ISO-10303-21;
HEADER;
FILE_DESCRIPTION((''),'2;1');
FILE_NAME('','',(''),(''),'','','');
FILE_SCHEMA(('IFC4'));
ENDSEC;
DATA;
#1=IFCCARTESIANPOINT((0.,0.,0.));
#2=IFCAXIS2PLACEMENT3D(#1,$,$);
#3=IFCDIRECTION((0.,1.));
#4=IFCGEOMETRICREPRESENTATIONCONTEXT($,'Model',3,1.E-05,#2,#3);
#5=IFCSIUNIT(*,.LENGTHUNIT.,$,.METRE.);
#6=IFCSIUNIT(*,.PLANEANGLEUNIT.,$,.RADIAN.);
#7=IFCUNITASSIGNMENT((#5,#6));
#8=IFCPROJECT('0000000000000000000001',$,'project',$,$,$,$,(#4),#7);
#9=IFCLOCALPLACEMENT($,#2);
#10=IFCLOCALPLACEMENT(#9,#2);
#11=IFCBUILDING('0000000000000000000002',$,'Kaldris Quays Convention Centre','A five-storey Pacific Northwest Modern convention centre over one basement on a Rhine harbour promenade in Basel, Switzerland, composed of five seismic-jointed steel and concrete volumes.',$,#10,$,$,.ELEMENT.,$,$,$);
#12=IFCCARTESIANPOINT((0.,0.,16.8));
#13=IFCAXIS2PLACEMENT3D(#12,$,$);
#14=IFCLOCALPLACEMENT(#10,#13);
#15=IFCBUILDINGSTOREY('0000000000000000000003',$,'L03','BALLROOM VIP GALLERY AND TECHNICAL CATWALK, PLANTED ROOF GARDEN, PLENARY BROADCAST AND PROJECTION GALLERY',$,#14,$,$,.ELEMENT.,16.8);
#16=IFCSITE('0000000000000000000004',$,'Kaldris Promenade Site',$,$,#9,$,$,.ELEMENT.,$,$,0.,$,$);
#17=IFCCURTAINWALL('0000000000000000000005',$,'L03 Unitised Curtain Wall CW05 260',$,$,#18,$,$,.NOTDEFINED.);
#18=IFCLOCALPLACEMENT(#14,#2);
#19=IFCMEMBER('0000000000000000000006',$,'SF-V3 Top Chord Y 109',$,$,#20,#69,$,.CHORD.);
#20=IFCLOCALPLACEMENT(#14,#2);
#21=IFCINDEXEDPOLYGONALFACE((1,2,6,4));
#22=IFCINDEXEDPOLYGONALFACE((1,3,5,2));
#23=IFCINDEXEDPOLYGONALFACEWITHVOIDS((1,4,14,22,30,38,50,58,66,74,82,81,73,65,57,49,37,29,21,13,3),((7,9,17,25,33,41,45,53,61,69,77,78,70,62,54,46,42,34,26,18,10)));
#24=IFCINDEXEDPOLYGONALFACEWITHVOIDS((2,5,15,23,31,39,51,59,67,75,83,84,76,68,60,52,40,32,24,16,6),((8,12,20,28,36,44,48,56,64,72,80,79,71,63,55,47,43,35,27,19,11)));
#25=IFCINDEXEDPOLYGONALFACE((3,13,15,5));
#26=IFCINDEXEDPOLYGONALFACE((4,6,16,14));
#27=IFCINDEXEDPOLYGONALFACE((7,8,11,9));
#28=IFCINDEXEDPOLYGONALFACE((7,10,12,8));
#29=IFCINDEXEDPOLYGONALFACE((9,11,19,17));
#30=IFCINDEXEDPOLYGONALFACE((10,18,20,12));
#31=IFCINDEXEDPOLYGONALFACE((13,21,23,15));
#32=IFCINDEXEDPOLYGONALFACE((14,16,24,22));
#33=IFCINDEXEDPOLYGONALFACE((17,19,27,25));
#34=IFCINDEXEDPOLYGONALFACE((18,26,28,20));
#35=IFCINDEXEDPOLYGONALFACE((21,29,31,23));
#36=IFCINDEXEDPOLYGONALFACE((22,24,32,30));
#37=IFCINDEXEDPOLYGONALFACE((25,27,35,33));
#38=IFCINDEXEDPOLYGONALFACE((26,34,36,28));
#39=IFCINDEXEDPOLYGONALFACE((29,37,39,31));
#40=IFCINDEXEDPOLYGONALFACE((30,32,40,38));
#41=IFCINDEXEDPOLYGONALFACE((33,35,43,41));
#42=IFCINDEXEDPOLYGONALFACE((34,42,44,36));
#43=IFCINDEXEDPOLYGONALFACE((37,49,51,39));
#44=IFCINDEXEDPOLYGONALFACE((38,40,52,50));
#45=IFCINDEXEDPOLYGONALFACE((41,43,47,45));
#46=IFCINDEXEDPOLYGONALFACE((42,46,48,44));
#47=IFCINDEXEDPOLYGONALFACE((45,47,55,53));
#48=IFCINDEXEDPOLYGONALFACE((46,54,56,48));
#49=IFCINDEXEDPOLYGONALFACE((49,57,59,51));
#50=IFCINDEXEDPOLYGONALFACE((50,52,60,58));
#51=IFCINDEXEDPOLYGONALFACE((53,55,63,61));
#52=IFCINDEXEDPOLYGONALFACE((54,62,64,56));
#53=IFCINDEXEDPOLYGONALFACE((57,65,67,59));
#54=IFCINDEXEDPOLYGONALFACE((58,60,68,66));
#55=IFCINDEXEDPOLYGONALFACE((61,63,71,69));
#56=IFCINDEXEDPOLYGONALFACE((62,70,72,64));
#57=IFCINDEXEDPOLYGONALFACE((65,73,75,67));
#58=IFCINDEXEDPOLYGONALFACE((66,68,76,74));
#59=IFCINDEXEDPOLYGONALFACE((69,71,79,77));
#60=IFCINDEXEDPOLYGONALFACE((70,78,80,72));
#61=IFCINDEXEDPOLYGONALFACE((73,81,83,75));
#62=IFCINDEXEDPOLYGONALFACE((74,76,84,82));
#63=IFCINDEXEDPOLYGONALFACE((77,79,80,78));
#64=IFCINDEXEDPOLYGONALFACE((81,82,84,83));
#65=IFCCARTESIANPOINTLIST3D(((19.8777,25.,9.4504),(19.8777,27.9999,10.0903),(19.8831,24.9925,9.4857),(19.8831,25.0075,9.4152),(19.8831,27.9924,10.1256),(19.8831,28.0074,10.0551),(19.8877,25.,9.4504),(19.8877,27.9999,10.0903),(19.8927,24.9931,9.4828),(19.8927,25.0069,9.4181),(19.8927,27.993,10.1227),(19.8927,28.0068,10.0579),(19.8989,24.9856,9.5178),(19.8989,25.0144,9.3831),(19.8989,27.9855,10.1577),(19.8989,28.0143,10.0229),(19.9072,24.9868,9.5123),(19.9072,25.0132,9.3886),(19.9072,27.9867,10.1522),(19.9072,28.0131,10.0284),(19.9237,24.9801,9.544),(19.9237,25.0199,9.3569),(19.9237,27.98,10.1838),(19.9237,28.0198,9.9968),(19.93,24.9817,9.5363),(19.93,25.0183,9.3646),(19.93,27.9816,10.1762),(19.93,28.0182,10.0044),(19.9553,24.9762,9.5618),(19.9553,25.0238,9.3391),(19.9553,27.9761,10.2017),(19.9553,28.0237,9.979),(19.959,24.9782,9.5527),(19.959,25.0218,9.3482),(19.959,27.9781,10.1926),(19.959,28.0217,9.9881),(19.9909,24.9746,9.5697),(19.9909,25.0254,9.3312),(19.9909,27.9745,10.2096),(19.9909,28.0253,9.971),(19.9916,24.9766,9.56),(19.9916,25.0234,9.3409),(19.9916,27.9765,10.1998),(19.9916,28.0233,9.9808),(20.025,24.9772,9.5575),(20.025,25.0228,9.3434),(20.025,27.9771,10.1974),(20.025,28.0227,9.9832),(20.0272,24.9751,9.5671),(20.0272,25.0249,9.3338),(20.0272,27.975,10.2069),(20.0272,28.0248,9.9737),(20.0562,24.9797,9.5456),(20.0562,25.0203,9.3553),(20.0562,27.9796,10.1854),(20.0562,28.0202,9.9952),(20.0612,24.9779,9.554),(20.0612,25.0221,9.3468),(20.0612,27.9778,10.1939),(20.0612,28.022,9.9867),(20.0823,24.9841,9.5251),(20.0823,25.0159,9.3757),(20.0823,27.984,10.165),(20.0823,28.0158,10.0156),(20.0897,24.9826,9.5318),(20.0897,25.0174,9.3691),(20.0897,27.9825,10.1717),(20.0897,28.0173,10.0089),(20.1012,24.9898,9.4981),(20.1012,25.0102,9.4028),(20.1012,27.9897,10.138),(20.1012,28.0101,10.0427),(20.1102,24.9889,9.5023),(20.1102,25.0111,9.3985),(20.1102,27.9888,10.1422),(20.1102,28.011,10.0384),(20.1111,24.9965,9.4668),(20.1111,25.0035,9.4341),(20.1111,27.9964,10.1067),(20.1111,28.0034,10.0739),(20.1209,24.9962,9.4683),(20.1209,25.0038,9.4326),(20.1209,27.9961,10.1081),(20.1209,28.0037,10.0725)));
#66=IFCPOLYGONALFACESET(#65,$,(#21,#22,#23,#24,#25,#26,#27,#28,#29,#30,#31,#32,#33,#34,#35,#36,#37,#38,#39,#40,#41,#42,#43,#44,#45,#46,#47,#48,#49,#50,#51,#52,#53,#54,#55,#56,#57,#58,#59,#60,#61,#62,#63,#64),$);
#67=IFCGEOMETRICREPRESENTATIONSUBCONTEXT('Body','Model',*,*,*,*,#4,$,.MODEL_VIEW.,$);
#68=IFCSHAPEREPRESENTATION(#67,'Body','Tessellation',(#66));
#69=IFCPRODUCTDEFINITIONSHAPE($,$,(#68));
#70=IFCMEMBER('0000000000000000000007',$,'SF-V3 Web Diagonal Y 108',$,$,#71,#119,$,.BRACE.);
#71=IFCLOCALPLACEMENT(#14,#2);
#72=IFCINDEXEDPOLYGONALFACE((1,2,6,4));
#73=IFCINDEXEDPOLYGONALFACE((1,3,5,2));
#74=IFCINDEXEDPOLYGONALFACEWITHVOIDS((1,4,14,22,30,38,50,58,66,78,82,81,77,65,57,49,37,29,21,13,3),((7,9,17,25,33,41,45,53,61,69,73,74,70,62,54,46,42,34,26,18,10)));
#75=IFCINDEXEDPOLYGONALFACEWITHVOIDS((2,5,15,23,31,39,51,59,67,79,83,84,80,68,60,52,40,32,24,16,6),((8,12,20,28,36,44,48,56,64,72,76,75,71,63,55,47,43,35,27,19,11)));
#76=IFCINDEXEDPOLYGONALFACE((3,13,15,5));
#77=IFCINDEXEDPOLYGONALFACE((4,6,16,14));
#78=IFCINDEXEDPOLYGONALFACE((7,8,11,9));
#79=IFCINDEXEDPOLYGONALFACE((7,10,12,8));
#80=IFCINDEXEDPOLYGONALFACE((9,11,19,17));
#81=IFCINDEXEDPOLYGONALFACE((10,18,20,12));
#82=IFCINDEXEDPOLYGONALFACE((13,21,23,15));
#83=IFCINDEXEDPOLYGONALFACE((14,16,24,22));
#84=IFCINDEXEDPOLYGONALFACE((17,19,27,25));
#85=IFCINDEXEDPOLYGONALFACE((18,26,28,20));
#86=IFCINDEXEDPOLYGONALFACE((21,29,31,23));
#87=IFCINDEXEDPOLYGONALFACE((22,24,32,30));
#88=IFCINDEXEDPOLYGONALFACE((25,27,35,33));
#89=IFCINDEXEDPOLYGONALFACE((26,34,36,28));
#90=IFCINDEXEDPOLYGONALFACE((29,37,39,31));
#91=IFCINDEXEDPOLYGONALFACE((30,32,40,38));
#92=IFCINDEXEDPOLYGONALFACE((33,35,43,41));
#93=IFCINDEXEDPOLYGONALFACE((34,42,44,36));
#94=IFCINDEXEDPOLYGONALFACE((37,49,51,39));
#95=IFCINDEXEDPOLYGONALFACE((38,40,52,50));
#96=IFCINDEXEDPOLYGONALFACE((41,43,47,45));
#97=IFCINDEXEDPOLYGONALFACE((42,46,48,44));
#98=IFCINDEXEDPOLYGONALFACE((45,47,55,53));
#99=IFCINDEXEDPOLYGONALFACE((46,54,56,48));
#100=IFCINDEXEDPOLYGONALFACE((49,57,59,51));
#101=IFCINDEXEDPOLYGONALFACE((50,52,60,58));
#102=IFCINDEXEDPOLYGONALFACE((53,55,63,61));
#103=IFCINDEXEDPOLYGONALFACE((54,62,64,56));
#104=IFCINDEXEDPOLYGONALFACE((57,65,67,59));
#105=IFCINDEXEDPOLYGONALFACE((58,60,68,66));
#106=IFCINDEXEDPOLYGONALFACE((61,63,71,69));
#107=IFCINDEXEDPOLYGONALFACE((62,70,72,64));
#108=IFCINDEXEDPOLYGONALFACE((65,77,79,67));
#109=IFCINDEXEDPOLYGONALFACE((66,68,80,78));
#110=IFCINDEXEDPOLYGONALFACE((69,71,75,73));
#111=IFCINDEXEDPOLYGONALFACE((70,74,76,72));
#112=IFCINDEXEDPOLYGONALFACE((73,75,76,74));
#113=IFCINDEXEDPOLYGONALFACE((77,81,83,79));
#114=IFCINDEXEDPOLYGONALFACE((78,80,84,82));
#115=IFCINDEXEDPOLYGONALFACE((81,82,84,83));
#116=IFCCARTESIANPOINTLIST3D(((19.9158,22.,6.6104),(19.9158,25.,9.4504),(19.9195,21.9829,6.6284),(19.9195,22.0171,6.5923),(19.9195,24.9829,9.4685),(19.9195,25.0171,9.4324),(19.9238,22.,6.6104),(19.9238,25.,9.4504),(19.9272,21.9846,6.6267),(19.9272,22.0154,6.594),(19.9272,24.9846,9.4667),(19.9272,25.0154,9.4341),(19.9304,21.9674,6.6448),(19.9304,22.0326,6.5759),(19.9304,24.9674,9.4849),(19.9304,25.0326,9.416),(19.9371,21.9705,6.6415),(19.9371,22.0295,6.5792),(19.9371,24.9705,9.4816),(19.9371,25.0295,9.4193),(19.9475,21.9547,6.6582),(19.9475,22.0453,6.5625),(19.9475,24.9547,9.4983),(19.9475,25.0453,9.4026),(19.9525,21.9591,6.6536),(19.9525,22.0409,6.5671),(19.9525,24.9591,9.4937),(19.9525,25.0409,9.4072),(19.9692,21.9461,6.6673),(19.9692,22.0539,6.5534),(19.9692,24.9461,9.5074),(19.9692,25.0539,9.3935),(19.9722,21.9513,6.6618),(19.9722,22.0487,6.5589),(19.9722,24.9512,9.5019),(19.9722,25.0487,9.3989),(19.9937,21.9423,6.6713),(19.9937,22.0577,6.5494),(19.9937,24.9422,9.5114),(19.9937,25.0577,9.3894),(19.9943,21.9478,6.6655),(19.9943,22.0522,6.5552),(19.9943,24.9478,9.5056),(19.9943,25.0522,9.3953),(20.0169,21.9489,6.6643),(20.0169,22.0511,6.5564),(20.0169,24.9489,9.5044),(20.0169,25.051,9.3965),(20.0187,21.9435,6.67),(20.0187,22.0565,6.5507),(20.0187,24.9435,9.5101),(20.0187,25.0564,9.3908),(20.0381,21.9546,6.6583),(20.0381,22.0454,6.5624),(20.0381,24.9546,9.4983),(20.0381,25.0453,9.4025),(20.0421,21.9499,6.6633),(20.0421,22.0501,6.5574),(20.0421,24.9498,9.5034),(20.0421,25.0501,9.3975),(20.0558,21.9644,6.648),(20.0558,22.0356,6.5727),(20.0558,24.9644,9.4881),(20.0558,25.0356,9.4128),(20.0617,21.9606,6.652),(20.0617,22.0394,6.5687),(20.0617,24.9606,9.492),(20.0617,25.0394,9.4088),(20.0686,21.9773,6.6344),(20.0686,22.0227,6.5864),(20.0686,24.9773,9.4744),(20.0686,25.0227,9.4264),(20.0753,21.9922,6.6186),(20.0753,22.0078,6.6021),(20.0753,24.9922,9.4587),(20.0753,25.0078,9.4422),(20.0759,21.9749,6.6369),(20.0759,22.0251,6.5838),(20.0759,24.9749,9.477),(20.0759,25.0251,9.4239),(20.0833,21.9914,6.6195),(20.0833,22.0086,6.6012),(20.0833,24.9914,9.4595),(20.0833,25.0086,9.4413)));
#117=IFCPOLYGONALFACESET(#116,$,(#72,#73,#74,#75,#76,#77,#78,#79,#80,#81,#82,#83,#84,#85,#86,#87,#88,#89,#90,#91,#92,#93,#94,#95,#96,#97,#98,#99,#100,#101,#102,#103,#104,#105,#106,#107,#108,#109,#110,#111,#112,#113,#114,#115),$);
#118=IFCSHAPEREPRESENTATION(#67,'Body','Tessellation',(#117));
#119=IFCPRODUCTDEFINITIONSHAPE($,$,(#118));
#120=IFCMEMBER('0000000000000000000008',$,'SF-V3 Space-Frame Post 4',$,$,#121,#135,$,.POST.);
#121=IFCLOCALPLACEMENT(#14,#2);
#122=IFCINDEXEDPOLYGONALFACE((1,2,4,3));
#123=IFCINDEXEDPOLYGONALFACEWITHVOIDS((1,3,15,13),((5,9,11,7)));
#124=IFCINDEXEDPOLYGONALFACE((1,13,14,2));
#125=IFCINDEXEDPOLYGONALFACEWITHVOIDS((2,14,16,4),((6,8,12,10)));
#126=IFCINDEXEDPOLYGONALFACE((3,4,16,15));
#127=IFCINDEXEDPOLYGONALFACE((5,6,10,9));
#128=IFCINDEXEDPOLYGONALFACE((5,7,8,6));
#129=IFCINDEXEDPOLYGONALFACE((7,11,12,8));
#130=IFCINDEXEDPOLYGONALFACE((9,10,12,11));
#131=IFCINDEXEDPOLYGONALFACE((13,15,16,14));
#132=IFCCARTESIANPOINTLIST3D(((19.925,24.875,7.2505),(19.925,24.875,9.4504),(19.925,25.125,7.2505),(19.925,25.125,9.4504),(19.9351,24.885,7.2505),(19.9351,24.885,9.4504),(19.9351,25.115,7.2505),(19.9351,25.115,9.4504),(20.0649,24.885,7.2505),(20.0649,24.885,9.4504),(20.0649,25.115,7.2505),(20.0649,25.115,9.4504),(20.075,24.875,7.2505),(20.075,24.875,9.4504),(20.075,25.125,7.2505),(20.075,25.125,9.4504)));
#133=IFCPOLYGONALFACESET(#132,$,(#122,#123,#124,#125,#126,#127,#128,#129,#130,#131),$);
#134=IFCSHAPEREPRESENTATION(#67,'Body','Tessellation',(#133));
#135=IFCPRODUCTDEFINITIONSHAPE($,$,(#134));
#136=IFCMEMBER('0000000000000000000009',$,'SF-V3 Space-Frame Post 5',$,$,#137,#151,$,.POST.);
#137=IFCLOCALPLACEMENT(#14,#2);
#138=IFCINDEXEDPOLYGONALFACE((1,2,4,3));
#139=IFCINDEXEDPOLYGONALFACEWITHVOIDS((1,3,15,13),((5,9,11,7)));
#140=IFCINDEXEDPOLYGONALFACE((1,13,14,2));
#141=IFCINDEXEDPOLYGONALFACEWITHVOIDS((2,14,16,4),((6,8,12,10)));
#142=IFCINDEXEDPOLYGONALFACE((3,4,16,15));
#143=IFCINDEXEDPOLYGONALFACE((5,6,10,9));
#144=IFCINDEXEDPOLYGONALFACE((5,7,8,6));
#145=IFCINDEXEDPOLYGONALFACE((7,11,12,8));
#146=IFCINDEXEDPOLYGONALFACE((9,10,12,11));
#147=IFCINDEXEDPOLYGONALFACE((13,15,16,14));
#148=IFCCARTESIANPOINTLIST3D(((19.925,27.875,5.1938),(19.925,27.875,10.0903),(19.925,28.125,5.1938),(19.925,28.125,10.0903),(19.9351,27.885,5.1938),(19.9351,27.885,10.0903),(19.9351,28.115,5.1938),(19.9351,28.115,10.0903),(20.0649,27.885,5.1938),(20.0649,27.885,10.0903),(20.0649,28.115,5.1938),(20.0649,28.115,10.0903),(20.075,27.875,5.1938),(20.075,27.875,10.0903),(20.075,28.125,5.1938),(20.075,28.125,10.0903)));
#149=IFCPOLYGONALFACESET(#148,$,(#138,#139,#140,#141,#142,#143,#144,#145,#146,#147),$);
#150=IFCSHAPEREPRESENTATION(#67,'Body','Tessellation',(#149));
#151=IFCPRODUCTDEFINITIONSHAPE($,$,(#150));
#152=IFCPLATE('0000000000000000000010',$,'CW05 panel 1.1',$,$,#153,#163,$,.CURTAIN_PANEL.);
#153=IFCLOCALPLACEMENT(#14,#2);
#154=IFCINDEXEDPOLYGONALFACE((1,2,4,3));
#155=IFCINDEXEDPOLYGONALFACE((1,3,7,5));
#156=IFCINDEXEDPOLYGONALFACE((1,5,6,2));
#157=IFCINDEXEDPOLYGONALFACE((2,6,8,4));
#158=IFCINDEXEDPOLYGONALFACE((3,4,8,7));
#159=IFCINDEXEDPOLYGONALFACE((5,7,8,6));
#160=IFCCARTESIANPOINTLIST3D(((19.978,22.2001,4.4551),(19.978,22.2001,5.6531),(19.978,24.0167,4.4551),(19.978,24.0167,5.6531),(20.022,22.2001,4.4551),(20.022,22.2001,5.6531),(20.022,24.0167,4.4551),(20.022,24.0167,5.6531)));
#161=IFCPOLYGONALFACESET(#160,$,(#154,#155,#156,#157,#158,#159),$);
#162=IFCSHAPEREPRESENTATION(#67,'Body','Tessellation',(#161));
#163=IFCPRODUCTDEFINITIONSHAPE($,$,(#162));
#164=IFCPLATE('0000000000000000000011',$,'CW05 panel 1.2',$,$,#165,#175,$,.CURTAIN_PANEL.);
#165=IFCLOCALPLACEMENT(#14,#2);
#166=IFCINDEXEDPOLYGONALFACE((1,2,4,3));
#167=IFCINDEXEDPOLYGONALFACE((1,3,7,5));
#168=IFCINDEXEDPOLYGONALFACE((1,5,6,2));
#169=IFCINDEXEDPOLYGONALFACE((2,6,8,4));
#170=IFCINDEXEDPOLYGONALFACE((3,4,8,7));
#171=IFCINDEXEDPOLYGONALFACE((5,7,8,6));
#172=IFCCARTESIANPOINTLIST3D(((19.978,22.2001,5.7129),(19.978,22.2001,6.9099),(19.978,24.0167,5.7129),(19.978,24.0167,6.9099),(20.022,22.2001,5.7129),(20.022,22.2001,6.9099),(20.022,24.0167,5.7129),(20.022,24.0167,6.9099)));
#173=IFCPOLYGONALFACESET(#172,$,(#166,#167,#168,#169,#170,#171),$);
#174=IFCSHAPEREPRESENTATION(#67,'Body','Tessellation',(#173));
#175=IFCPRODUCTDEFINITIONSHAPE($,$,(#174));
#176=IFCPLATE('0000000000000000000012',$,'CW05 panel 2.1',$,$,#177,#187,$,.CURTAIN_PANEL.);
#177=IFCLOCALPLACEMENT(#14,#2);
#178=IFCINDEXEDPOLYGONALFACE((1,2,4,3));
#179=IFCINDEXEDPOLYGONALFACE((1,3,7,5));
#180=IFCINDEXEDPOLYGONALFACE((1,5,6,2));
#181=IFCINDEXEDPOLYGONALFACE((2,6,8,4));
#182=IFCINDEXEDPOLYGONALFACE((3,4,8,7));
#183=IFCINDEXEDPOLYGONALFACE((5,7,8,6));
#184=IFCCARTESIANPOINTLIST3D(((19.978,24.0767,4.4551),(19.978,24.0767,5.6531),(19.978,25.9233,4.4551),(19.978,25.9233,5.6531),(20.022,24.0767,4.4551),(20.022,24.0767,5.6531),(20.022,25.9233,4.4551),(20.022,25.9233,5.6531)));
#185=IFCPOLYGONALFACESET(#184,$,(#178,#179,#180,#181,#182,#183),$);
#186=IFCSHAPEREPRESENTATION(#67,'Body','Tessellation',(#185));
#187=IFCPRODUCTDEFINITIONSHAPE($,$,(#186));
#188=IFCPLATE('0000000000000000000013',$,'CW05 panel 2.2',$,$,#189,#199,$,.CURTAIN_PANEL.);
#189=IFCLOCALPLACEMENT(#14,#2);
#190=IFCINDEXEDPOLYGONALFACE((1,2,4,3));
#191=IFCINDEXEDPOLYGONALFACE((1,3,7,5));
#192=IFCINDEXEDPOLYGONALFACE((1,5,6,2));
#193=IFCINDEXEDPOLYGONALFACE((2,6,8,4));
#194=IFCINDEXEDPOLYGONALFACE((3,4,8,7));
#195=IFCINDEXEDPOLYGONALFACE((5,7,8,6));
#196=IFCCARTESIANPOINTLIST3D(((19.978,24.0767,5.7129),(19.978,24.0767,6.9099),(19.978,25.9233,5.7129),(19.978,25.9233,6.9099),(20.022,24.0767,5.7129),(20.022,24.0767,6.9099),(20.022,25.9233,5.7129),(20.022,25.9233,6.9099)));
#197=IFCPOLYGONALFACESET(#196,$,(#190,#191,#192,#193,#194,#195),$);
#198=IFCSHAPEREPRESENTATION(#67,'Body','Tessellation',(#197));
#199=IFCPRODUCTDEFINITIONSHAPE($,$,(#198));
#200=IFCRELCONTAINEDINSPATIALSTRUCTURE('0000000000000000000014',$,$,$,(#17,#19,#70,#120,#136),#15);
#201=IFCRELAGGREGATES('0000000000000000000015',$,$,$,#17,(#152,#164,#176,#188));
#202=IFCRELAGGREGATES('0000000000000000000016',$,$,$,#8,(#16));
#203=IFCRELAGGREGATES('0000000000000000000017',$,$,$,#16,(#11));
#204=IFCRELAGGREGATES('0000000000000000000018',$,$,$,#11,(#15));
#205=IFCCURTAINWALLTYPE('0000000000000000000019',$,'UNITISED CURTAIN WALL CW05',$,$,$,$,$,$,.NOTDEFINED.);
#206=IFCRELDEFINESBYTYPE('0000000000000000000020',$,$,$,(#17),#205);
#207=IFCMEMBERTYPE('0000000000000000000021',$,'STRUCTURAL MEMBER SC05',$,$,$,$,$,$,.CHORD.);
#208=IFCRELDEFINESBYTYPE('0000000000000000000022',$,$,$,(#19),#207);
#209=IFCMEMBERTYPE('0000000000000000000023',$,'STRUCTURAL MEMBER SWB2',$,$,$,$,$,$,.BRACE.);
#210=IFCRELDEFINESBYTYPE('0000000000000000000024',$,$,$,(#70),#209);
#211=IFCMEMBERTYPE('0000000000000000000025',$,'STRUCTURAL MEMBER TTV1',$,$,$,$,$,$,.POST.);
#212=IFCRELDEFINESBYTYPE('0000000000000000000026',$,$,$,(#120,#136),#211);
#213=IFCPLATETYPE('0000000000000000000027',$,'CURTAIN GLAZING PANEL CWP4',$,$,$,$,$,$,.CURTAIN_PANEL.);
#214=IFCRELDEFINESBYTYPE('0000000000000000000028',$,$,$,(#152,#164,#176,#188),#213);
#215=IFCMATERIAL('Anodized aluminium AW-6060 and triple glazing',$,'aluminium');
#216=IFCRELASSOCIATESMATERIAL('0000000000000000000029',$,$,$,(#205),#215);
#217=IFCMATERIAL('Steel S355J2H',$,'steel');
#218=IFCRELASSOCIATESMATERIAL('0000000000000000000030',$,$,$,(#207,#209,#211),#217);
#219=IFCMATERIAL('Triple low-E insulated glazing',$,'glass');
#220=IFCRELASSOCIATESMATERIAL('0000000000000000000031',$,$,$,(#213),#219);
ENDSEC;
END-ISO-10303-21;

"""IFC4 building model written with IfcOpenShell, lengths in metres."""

from ifc_helpers import new_model, si_unit, direction, frame, origin, origin_2d, place, context, subcontext, project, spatial, rectangle, hollow_rectangle, hollow_circle, extrude, material, material_profile, profile_set, type_object, element, aggregate, save


model = new_model("IFC4")

# Units and contexts
model_context = context("Model", 3, precision=1e-05, world=origin(), true_north=direction((0.0, 1.0)))
body_context = subcontext(model_context, "Body", "Model", "MODEL_VIEW")
ifc_project = project(units=[si_unit("LENGTHUNIT", "METRE"), si_unit("PLANEANGLEUNIT", "RADIAN")], contexts=[model_context])

# Site, building, storey
site_placement = place(None, origin())
site = spatial("IfcSite", under=ifc_project, at=site_placement, Name="Kaldris Promenade Site", CompositionType="ELEMENT", RefElevation=0.0)
building_placement = place(site_placement, origin())
building = spatial("IfcBuilding", under=site, at=building_placement, Name="Kaldris Quays Convention Centre", Description="A five-storey Pacific Northwest Modern convention centre over one basement on a Rhine harbour promenade in Basel, Switzerland, composed of five seismic-jointed steel and concrete volumes.", CompositionType="ELEMENT")
storey_placement = place(building_placement, frame((0.0, 0.0, 16.8)))
storey = spatial("IfcBuildingStorey", under=building, at=storey_placement, Name="L03", Description="BALLROOM VIP GALLERY AND TECHNICAL CATWALK, PLANTED ROOF GARDEN, PLENARY BROADCAST AND PROJECTION GALLERY", CompositionType="ELEMENT", Elevation=16.8)

# Curtain wall
ifc_material_1 = material(Name="Anodized aluminium AW-6060 and triple glazing", Category="aluminium")
curtain_wall_type = type_object("IfcCurtainWallType", Name="UNITISED CURTAIN WALL CW05", PredefinedType="NOTDEFINED", material=ifc_material_1)
curtain_wall_placement = place(storey_placement, origin())
curtain_wall = element("IfcCurtainWall", 1, at=curtain_wall_placement, inside=storey, type_object=curtain_wall_type, Name="L03 Unitised Curtain Wall CW05 260", PredefinedType="NOTDEFINED")

# Members
ifc_material_2 = material(Name="Steel S355J2H", Category="steel")
ifc_material_profile_1 = material_profile(ifc_material_2, hollow_circle(Radius=0.1223, WallThickness=0.01, at=origin_2d()), Name="CHS 244.5x10")
ifc_profile_set_1 = profile_set([ifc_material_profile_1], Name="Steel S355J2H")
member_type_1 = type_object("IfcMemberType", Name="STRUCTURAL MEMBER SC05", PredefinedType="CHORD", material=ifc_profile_set_1)
member_1_placement = place(storey_placement, frame((20.0, 25.0, 9.4504), z_axis=(0.0, 0.978, 0.208605), x_axis=(-1.0, 0.0, 0.0)))
element("IfcMember", 2, at=member_1_placement, inside=storey, type_object=member_type_1, Name="SF-V3 Top Chord Y 109", PredefinedType="CHORD", context=body_context, shape_type="SweptSolid", body=[
    extrude(hollow_circle(Radius=0.1223, WallThickness=0.01, at=origin_2d()), origin(), (0.0, 0.0, 1.0), 3.0674),
])
ifc_material_profile_2 = material_profile(ifc_material_2, hollow_circle(Radius=0.0842, WallThickness=0.0081, at=origin_2d()), Name="CHS 168.3x8")
ifc_profile_set_2 = profile_set([ifc_material_profile_2], Name="Steel S355J2H")
member_type_2 = type_object("IfcMemberType", Name="STRUCTURAL MEMBER SWB2", PredefinedType="BRACE", material=ifc_profile_set_2)
member_2_placement = place(storey_placement, frame((20.0, 22.0, 6.6104), z_axis=(0.0, 0.726196, 0.687487), x_axis=(-1.0, 0.0, 0.0)))
element("IfcMember", 3, at=member_2_placement, inside=storey, type_object=member_type_2, Name="SF-V3 Web Diagonal Y 108", PredefinedType="BRACE", context=body_context, shape_type="SweptSolid", body=[
    extrude(hollow_circle(Radius=0.0842, WallThickness=0.0081, at=origin_2d()), origin(), (0.0, 0.0, 1.0), 4.1311),
])
ifc_material_profile_3 = material_profile(ifc_material_2, hollow_rectangle(XDim=0.1499, YDim=0.25, WallThickness=0.01, at=origin_2d()), Name="RHS 250x150x10")
ifc_profile_set_3 = profile_set([ifc_material_profile_3], Name="Steel S355J2H")
member_type_3 = type_object("IfcMemberType", Name="STRUCTURAL MEMBER TTV1", PredefinedType="POST", material=ifc_profile_set_3)
member_3_placement = place(storey_placement, frame((20.0, 25.0, 7.2505), z_axis=(0.0, 0.0, 1.0), x_axis=(1.0, 0.0, 0.0)))
element("IfcMember", 4, at=member_3_placement, inside=storey, type_object=member_type_3, Name="SF-V3 Space-Frame Post 4", PredefinedType="POST", context=body_context, shape_type="SweptSolid", body=[
    extrude(hollow_rectangle(XDim=0.1499, YDim=0.25, WallThickness=0.01, at=origin_2d()), origin(), (0.0, 0.0, 1.0), 2.2),
])
member_4_placement = place(storey_placement, frame((20.0, 28.0, 5.1938), z_axis=(0.0, 0.0, 1.0), x_axis=(1.0, 0.0, 0.0)))
element("IfcMember", 5, at=member_4_placement, inside=storey, type_object=member_type_3, Name="SF-V3 Space-Frame Post 5", PredefinedType="POST", context=body_context, shape_type="SweptSolid", body=[
    extrude(hollow_rectangle(XDim=0.1499, YDim=0.25, WallThickness=0.01, at=origin_2d()), origin(), (0.0, 0.0, 1.0), 4.8965),
])

# Plates
ifc_material_3 = material(Name="Triple low-E insulated glazing", Category="glass")
plate_type = type_object("IfcPlateType", Name="CURTAIN GLAZING PANEL CWP4", PredefinedType="CURTAIN_PANEL", material=ifc_material_3)
plate_1_placement = place(storey_placement, frame((20.0, 23.1084, 4.4551), z_axis=(0.0, 0.0, 1.0), x_axis=(0.0, 1.0, 0.0)))
plate_1 = element("IfcPlate", 6, at=plate_1_placement, type_object=plate_type, Name="CW05 panel 1.1", PredefinedType="CURTAIN_PANEL", context=body_context, shape_type="SweptSolid", body=[
    extrude(rectangle(XDim=1.8167, YDim=0.0439, at=origin_2d()), origin(), (0.0, 0.0, 1.0), 1.198),
])
plate_2_placement = place(storey_placement, frame((20.0, 23.1084, 5.7129), z_axis=(0.0, 0.0, 1.0), x_axis=(0.0, 1.0, 0.0)))
plate_2 = element("IfcPlate", 7, at=plate_2_placement, type_object=plate_type, Name="CW05 panel 1.2", PredefinedType="CURTAIN_PANEL", context=body_context, shape_type="SweptSolid", body=[
    extrude(rectangle(XDim=1.8167, YDim=0.0439, at=origin_2d()), origin(), (0.0, 0.0, 1.0), 1.197),
])
plate_3_placement = place(storey_placement, frame((20.0, 25.0, 4.4551), z_axis=(0.0, 0.0, 1.0), x_axis=(0.0, 1.0, 0.0)))
plate_3 = element("IfcPlate", 8, at=plate_3_placement, type_object=plate_type, Name="CW05 panel 2.1", PredefinedType="CURTAIN_PANEL", context=body_context, shape_type="SweptSolid", body=[
    extrude(rectangle(XDim=1.8467, YDim=0.0439, at=origin_2d()), origin(), (0.0, 0.0, 1.0), 1.198),
])
plate_4_placement = place(storey_placement, frame((20.0, 25.0, 5.7129), z_axis=(0.0, 0.0, 1.0), x_axis=(0.0, 1.0, 0.0)))
plate_4 = element("IfcPlate", 9, at=plate_4_placement, type_object=plate_type, Name="CW05 panel 2.2", PredefinedType="CURTAIN_PANEL", context=body_context, shape_type="SweptSolid", body=[
    extrude(rectangle(XDim=1.8467, YDim=0.0439, at=origin_2d()), origin(), (0.0, 0.0, 1.0), 1.197),
])
aggregate(curtain_wall, [plate_1, plate_2, plate_3, plate_4])

save(model, "model.ifc")
